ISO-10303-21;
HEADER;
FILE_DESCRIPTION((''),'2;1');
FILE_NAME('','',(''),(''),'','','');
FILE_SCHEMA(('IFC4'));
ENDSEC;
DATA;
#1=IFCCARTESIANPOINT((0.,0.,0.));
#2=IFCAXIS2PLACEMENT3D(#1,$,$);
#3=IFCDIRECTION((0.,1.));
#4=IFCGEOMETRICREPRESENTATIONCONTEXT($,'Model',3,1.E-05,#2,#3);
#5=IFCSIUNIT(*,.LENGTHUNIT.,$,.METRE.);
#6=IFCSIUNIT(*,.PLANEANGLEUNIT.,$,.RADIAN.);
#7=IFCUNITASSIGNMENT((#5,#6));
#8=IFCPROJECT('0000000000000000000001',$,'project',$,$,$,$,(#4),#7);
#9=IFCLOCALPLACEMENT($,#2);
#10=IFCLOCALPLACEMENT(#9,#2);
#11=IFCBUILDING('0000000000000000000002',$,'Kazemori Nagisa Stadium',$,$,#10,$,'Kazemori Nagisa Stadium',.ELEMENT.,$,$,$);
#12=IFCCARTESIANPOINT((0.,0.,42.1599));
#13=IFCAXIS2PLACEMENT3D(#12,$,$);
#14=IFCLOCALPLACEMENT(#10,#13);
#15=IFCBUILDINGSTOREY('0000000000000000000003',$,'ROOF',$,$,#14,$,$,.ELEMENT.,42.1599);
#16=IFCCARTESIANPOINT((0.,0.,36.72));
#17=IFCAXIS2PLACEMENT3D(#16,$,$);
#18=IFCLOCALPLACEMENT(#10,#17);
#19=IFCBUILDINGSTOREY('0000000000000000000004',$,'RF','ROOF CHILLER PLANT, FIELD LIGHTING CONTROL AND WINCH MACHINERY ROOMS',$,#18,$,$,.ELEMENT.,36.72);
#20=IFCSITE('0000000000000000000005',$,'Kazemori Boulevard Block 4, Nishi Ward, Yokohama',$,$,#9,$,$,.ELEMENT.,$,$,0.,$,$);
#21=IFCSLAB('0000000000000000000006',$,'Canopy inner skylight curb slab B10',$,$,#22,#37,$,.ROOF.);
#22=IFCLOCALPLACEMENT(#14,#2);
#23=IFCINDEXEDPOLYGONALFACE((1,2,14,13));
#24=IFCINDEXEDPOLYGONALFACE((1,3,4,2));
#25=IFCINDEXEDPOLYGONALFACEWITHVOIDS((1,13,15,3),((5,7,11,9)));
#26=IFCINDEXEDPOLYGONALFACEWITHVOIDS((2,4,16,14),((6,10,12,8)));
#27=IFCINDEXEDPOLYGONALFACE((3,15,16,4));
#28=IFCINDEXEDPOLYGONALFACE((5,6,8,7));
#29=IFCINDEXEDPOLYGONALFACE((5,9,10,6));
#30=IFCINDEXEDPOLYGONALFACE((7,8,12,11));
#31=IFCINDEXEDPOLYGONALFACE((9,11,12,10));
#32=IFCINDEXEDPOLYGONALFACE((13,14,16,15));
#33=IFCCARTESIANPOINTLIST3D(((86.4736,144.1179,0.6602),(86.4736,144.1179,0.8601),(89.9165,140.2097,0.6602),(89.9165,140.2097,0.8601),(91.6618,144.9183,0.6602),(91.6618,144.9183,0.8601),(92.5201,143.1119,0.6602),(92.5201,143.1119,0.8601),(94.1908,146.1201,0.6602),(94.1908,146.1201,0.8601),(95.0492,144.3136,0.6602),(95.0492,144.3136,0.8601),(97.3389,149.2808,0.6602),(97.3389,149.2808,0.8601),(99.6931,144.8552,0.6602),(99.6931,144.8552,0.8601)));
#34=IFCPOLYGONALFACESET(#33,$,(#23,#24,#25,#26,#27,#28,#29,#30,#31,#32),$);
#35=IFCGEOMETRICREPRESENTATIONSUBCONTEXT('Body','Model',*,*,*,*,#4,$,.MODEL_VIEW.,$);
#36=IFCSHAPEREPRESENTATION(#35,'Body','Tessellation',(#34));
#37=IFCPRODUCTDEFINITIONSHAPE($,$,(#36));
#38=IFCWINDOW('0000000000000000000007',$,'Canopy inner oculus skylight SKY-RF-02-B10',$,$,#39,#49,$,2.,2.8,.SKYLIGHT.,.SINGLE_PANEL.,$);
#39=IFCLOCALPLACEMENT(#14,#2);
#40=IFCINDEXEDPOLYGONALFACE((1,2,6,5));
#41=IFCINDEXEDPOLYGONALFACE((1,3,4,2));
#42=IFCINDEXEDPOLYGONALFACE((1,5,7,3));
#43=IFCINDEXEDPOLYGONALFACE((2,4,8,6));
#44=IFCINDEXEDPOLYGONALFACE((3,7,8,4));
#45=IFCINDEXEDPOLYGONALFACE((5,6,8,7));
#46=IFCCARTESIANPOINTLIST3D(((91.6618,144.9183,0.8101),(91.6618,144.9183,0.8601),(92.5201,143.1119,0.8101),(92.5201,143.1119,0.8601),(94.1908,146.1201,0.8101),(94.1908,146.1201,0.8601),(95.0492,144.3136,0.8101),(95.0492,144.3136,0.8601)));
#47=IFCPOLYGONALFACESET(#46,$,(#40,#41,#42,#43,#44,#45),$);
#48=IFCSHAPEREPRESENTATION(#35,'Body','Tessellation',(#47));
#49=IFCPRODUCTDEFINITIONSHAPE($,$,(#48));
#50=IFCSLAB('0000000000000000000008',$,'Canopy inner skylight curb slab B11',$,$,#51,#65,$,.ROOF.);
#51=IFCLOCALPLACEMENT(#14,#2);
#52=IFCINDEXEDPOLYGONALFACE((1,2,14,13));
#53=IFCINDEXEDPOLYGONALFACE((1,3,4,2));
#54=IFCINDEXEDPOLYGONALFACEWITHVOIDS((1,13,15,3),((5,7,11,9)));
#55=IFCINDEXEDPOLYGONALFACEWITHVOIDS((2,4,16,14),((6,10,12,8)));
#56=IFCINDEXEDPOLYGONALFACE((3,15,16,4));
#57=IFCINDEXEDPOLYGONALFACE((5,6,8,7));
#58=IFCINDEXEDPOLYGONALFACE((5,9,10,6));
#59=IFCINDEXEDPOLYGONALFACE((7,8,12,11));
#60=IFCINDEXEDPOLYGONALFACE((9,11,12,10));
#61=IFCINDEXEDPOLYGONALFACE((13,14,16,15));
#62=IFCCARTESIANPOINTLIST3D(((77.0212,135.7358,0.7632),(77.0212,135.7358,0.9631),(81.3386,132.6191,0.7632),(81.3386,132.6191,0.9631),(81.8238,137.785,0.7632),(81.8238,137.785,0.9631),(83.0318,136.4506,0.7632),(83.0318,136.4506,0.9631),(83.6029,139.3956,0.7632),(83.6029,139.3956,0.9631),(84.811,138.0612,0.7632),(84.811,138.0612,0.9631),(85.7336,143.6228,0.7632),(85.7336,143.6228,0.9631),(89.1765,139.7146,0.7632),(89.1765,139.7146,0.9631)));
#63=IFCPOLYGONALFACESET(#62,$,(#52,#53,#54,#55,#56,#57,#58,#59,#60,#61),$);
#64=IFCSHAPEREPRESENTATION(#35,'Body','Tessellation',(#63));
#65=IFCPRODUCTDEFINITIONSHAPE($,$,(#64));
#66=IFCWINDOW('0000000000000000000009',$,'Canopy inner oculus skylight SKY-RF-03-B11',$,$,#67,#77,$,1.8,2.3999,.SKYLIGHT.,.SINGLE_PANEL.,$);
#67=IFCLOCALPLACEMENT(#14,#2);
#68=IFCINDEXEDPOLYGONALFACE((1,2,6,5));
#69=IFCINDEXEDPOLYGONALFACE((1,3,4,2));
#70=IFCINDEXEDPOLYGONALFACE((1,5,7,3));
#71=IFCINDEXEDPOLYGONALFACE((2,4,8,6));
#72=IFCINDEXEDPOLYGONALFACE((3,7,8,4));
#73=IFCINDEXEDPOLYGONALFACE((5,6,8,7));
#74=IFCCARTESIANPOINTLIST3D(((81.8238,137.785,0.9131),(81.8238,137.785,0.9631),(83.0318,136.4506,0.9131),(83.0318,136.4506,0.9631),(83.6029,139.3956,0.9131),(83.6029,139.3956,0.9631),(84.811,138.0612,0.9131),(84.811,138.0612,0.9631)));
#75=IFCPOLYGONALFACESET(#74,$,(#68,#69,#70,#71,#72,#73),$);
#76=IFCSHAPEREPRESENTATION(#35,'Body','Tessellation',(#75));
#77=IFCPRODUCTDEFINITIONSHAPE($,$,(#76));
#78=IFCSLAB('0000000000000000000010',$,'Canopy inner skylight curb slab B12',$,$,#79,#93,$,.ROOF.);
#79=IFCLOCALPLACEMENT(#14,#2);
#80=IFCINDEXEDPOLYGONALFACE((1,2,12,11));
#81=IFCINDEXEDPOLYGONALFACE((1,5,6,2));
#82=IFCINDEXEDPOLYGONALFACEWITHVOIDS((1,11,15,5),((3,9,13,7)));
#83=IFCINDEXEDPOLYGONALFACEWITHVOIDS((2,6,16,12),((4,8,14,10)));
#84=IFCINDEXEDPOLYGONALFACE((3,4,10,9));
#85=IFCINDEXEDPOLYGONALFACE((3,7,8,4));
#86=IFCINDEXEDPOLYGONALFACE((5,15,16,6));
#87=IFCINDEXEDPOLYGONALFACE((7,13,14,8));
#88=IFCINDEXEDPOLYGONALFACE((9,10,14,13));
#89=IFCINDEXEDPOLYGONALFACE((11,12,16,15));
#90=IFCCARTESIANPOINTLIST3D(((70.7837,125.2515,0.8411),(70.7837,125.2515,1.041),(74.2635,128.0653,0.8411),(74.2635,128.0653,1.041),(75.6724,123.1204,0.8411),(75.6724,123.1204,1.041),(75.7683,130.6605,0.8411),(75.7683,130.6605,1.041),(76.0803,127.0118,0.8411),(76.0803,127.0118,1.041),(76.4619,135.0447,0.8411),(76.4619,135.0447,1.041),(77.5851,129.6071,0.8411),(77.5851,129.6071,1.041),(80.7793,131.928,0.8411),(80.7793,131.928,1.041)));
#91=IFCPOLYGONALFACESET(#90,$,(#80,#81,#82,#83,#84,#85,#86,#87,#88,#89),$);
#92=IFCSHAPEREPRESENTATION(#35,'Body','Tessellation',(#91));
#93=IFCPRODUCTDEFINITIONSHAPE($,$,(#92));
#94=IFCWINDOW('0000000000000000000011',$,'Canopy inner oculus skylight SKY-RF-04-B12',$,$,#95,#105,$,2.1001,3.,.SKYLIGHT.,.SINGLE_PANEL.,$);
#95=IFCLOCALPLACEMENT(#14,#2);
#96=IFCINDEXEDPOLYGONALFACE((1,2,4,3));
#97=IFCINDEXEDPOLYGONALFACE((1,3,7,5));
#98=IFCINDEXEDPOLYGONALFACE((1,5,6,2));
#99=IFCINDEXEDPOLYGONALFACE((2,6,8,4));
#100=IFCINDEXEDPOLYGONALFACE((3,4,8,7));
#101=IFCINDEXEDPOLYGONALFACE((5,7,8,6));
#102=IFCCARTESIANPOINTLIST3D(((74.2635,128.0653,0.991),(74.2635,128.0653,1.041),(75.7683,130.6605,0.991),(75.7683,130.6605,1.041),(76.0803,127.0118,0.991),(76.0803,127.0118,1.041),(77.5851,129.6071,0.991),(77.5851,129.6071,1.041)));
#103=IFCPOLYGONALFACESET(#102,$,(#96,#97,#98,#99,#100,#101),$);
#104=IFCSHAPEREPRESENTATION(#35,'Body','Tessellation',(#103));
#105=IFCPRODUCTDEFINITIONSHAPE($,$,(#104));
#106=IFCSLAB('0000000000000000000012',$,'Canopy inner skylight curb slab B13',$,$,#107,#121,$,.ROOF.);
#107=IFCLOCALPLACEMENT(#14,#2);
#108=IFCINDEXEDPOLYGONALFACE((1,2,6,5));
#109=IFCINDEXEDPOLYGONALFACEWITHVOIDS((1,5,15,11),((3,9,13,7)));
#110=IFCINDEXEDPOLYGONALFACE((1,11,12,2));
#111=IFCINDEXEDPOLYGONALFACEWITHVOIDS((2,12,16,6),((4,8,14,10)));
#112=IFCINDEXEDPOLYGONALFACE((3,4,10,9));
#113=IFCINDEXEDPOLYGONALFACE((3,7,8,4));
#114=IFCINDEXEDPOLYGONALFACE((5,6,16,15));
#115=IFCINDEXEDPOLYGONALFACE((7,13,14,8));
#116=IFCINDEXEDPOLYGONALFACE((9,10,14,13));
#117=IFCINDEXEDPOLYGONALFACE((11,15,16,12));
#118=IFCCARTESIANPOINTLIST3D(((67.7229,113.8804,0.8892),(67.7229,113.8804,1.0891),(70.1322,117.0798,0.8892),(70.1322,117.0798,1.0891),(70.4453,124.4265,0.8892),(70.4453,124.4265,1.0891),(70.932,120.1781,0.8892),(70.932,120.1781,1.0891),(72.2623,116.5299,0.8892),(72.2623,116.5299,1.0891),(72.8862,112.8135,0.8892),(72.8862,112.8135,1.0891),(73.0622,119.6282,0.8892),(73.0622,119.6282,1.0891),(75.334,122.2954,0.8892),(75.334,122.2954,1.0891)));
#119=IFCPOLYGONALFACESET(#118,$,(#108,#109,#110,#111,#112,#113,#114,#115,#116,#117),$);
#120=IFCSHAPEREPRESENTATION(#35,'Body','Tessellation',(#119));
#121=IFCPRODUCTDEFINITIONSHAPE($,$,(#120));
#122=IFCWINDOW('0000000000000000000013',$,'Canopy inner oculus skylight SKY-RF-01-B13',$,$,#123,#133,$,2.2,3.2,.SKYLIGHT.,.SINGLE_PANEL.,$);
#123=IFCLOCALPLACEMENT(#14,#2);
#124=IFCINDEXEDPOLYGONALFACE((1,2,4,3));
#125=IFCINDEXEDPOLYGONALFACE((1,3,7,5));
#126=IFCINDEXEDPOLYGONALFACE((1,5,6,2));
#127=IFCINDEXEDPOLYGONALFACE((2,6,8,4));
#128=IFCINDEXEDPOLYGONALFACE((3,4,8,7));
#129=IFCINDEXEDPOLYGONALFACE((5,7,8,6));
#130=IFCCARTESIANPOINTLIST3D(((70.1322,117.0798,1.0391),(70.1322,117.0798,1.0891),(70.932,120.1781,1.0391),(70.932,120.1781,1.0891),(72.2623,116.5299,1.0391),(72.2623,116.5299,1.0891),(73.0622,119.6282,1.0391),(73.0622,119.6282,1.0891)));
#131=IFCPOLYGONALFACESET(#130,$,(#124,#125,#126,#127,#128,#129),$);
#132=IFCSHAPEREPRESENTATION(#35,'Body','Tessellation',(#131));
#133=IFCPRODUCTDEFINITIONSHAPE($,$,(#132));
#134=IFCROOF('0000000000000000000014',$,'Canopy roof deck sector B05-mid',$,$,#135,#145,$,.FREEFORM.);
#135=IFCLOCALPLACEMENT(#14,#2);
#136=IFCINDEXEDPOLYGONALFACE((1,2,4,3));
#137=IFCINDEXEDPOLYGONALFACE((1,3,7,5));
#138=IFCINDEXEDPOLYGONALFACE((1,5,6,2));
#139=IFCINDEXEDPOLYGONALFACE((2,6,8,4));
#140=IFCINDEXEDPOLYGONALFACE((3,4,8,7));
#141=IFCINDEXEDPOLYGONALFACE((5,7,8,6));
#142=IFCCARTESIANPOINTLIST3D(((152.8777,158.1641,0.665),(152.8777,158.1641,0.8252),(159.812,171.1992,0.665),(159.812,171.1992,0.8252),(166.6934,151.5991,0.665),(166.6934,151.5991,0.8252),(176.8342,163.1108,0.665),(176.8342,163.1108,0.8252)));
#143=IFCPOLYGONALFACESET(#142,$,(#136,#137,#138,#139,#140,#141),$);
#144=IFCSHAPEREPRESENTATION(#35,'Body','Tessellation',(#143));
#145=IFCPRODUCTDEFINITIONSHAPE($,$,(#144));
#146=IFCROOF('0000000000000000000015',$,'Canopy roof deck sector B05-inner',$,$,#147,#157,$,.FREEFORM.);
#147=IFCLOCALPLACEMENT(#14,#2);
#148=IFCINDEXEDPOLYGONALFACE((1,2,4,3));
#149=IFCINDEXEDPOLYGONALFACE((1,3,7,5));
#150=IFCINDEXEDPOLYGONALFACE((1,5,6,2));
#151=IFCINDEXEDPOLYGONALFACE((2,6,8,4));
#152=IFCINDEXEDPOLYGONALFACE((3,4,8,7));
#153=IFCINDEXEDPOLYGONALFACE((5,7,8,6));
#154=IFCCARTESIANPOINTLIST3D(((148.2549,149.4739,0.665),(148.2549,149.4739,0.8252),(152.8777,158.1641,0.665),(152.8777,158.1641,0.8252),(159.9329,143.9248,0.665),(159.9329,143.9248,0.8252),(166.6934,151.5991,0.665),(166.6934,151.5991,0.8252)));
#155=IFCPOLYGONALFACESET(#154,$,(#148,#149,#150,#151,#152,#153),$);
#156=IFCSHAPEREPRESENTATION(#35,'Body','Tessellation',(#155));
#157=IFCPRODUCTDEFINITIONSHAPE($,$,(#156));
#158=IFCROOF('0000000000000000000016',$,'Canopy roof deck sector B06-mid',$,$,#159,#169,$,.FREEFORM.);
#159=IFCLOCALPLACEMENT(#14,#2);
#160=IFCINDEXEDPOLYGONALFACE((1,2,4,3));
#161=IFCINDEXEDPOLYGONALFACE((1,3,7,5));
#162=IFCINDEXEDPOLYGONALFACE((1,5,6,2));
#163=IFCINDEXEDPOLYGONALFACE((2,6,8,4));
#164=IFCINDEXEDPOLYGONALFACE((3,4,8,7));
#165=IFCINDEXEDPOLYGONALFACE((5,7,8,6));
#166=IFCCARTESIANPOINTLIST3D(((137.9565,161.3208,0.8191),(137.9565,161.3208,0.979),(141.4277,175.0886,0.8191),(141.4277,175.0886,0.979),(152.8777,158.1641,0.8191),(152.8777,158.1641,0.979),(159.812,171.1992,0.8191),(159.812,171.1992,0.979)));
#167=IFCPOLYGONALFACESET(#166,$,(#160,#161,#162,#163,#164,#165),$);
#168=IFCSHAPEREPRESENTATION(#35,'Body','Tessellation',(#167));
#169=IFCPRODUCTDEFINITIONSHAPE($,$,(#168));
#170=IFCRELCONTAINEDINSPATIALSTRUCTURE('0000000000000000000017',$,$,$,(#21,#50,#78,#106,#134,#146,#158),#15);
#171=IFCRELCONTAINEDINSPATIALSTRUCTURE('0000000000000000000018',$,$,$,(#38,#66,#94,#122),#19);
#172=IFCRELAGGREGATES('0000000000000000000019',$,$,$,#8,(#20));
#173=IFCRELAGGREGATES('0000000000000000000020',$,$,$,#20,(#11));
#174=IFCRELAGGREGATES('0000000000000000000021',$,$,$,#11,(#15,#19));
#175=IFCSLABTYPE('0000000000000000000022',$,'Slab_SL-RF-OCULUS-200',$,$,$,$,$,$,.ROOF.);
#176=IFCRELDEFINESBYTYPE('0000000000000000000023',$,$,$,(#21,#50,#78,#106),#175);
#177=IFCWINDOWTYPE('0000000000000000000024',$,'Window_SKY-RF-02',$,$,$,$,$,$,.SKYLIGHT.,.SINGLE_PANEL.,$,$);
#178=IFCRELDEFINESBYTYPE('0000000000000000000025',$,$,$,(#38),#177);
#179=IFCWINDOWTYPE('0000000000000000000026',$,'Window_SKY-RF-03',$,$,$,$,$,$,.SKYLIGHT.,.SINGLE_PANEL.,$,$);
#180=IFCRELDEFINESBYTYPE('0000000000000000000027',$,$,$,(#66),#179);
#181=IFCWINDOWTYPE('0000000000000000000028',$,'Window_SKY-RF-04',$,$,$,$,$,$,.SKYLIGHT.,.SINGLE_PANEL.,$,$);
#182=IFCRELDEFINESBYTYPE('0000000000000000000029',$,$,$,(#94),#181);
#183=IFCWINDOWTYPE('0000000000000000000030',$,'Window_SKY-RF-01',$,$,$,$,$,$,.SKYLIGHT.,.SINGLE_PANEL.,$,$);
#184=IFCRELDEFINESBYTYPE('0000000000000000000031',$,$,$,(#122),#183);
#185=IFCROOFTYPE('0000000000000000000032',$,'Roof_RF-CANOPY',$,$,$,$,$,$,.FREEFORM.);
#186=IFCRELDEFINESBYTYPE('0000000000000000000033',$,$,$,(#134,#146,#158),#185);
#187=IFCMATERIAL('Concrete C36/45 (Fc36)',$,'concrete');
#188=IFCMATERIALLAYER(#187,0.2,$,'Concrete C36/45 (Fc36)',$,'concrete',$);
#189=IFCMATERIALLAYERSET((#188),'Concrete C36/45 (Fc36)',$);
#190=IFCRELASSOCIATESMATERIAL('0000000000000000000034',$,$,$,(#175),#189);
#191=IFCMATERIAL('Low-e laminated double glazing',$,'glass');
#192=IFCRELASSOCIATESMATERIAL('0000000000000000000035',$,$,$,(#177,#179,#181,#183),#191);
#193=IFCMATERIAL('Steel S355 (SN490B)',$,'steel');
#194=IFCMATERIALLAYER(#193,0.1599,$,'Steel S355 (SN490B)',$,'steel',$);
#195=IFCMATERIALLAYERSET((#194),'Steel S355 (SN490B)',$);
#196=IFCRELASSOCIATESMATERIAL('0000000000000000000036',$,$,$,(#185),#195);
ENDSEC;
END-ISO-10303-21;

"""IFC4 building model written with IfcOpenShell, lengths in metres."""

from ifc_helpers import new_model, si_unit, direction, frame, origin, origin_2d, place, context, subcontext, project, spatial, polyline, rectangle, outline, extrude, material, layer, layer_set, type_object, element, fill, save


model = new_model("IFC4")

# Units and contexts
model_context = context("Model", 3, precision=1e-05, world=origin(), true_north=direction((0.0, 1.0)))
body_context = subcontext(model_context, "Body", "Model", "MODEL_VIEW")
ifc_project = project(units=[si_unit("LENGTHUNIT", "METRE"), si_unit("PLANEANGLEUNIT", "RADIAN")], contexts=[model_context])

# Site, building, storey
site_placement = place(None, origin())
site = spatial("IfcSite", under=ifc_project, at=site_placement, Name="Kazemori Boulevard Block 4, Nishi Ward, Yokohama", CompositionType="ELEMENT", RefElevation=0.0)
building_placement = place(site_placement, origin())
building = spatial("IfcBuilding", under=site, at=building_placement, Name="Kazemori Nagisa Stadium", LongName="Kazemori Nagisa Stadium", CompositionType="ELEMENT")
storey_1_placement = place(building_placement, frame((0.0, 0.0, 42.1599)))
storey_1 = spatial("IfcBuildingStorey", under=building, at=storey_1_placement, Name="ROOF", CompositionType="ELEMENT", Elevation=42.1599)

# Slab, opening
ifc_material_1 = material(Name="Concrete C36/45 (Fc36)", Category="concrete")
ifc_layer_1 = layer(ifc_material_1, 0.2, Name="Concrete C36/45 (Fc36)", Category="concrete")
ifc_layer_set_1 = layer_set([ifc_layer_1], Name="Concrete C36/45 (Fc36)")
slab_type = type_object("IfcSlabType", Name="Slab_SL-RF-OCULUS-200", PredefinedType="ROOF", material=ifc_layer_set_1)
slab_1_placement = place(storey_1_placement, frame((0.0, 0.0, 0.6602)))
slab_1 = element("IfcSlab", 1, at=slab_1_placement, inside=storey_1, type_object=slab_type, Name="Canopy inner skylight curb slab B10", PredefinedType="ROOF", context=body_context, shape_type="SweptSolid", body=[
    extrude(outline(polyline([(99.6931, 144.8552), (89.9165, 140.2097), (86.4736, 144.1179), (97.3389, 149.2808), (99.6931, 144.8552)])), origin(), (0.0, 0.0, 1.0), 0.2),
])
opening_1_placement = place(slab_1_placement, frame((93.3555, 144.616, 0.0), z_axis=(0.0, 0.0, 1.0), x_axis=(-0.903216, -0.429186, 0.0)))
opening_1 = element("IfcOpeningElement", 2, at=opening_1_placement, cuts=slab_1, PredefinedType="OPENING", context=body_context, shape_type="SweptSolid", body=[
    extrude(rectangle(XDim=2.8, YDim=2.0, at=origin_2d()), frame((0.0, 0.0, -0.01)), (0.0, 0.0, 1.0), 0.22),
])

# Shared definitions
storey_2_placement = place(building_placement, frame((0.0, 0.0, 36.72)))
storey_2 = spatial("IfcBuildingStorey", under=building, at=storey_2_placement, Name="RF", Description="ROOF CHILLER PLANT, FIELD LIGHTING CONTROL AND WINCH MACHINERY ROOMS", CompositionType="ELEMENT", Elevation=36.72)

# Window
ifc_material_2 = material(Name="Low-e laminated double glazing", Category="glass")
window_type_1 = type_object("IfcWindowType", Name="Window_SKY-RF-02", PartitioningType="SINGLE_PANEL", PredefinedType="SKYLIGHT", material=ifc_material_2)
window_1_placement = place(opening_1_placement, frame((0.0, 0.0, 0.1499)))
window_1 = element("IfcWindow", 3, at=window_1_placement, inside=storey_2, type_object=window_type_1, Name="Canopy inner oculus skylight SKY-RF-02-B10", OverallHeight=2.0, OverallWidth=2.8, PartitioningType="SINGLE_PANEL", PredefinedType="SKYLIGHT", context=body_context, shape_type="SweptSolid", body=[
    extrude(rectangle(XDim=2.8, YDim=2.0, at=origin_2d()), origin(), (0.0, 0.0, 1.0), 0.05),
])
fill(opening_1, window_1)

# Slabs, openings, windows
slab_2_placement = place(storey_1_placement, frame((0.0, 0.0, 0.7632)))
slab_2 = element("IfcSlab", 4, at=slab_2_placement, inside=storey_1, type_object=slab_type, Name="Canopy inner skylight curb slab B11", PredefinedType="ROOF", context=body_context, shape_type="SweptSolid", body=[
    extrude(outline(polyline([(89.1765, 139.7146), (81.3386, 132.6191), (77.0212, 135.7358), (85.7336, 143.6228), (89.1765, 139.7146)])), origin(), (0.0, 0.0, 1.0), 0.2),
])
opening_2_placement = place(slab_2_placement, frame((83.3174, 137.9231, 0.0), z_axis=(0.0, 0.0, 1.0), x_axis=(-0.741351, -0.671118, 0.0)))
opening_2 = element("IfcOpeningElement", 5, at=opening_2_placement, cuts=slab_2, PredefinedType="OPENING", context=body_context, shape_type="SweptSolid", body=[
    extrude(rectangle(XDim=2.3999, YDim=1.8, at=origin_2d()), frame((0.0, 0.0, -0.01)), (0.0, 0.0, 1.0), 0.22),
])
window_type_2 = type_object("IfcWindowType", Name="Window_SKY-RF-03", PartitioningType="SINGLE_PANEL", PredefinedType="SKYLIGHT", material=ifc_material_2)
window_2_placement = place(opening_2_placement, frame((0.0, 0.0, 0.1499)))
window_2 = element("IfcWindow", 6, at=window_2_placement, inside=storey_2, type_object=window_type_2, Name="Canopy inner oculus skylight SKY-RF-03-B11", OverallHeight=1.8, OverallWidth=2.3999, PartitioningType="SINGLE_PANEL", PredefinedType="SKYLIGHT", context=body_context, shape_type="SweptSolid", body=[
    extrude(rectangle(XDim=2.3999, YDim=1.8, at=origin_2d()), origin(), (0.0, 0.0, 1.0), 0.05),
])
fill(opening_2, window_2)
slab_3_placement = place(storey_1_placement, frame((0.0, 0.0, 0.8411)))
slab_3 = element("IfcSlab", 7, at=slab_3_placement, inside=storey_1, type_object=slab_type, Name="Canopy inner skylight curb slab B12", PredefinedType="ROOF", context=body_context, shape_type="SweptSolid", body=[
    extrude(outline(polyline([(80.7793, 131.928), (75.6724, 123.1204), (70.7837, 125.2515), (76.4619, 135.0447), (80.7793, 131.928)])), origin(), (0.0, 0.0, 1.0), 0.2),
])
opening_3_placement = place(slab_3_placement, frame((75.9243, 128.8362, 0.0), z_axis=(0.0, 0.0, 1.0), x_axis=(-0.501612, -0.865093, 0.0)))
opening_3 = element("IfcOpeningElement", 8, at=opening_3_placement, cuts=slab_3, PredefinedType="OPENING", context=body_context, shape_type="SweptSolid", body=[
    extrude(rectangle(XDim=3.0, YDim=2.1001, at=origin_2d()), frame((0.0, 0.0, -0.01)), (0.0, 0.0, 1.0), 0.22),
])
window_type_3 = type_object("IfcWindowType", Name="Window_SKY-RF-04", PartitioningType="SINGLE_PANEL", PredefinedType="SKYLIGHT", material=ifc_material_2)
window_3_placement = place(opening_3_placement, frame((0.0, 0.0, 0.1499)))
window_3 = element("IfcWindow", 9, at=window_3_placement, inside=storey_2, type_object=window_type_3, Name="Canopy inner oculus skylight SKY-RF-04-B12", OverallHeight=2.1001, OverallWidth=3.0, PartitioningType="SINGLE_PANEL", PredefinedType="SKYLIGHT", context=body_context, shape_type="SweptSolid", body=[
    extrude(rectangle(XDim=3.0, YDim=2.1001, at=origin_2d()), origin(), (0.0, 0.0, 1.0), 0.05),
])
fill(opening_3, window_3)
slab_4_placement = place(storey_1_placement, frame((0.0, 0.0, 0.8892)))
slab_4 = element("IfcSlab", 10, at=slab_4_placement, inside=storey_1, type_object=slab_type, Name="Canopy inner skylight curb slab B13", PredefinedType="ROOF", context=body_context, shape_type="SweptSolid", body=[
    extrude(outline(polyline([(75.334, 122.2954), (72.8862, 112.8135), (67.7229, 113.8804), (70.4453, 124.4265), (75.334, 122.2954)])), origin(), (0.0, 0.0, 1.0), 0.2),
])
opening_4_placement = place(slab_4_placement, frame((71.5972, 118.354, 0.0), z_axis=(0.0, 0.0, 1.0), x_axis=(-0.249965, -0.968255, 0.0)))
opening_4 = element("IfcOpeningElement", 11, at=opening_4_placement, cuts=slab_4, PredefinedType="OPENING", context=body_context, shape_type="SweptSolid", body=[
    extrude(rectangle(XDim=3.2, YDim=2.2, at=origin_2d()), frame((0.0, 0.0, -0.01)), (0.0, 0.0, 1.0), 0.22),
])
window_type_4 = type_object("IfcWindowType", Name="Window_SKY-RF-01", PartitioningType="SINGLE_PANEL", PredefinedType="SKYLIGHT", material=ifc_material_2)
window_4_placement = place(opening_4_placement, frame((0.0, 0.0, 0.1499)))
window_4 = element("IfcWindow", 12, at=window_4_placement, inside=storey_2, type_object=window_type_4, Name="Canopy inner oculus skylight SKY-RF-01-B13", OverallHeight=2.2, OverallWidth=3.2, PartitioningType="SINGLE_PANEL", PredefinedType="SKYLIGHT", context=body_context, shape_type="SweptSolid", body=[
    extrude(rectangle(XDim=3.2, YDim=2.2, at=origin_2d()), origin(), (0.0, 0.0, 1.0), 0.05),
])
fill(opening_4, window_4)

# Roofs
ifc_material_3 = material(Name="Steel S355 (SN490B)", Category="steel")
ifc_layer_2 = layer(ifc_material_3, 0.1599, Name="Steel S355 (SN490B)", Category="steel")
ifc_layer_set_2 = layer_set([ifc_layer_2], Name="Steel S355 (SN490B)")
roof_type = type_object("IfcRoofType", Name="Roof_RF-CANOPY", PredefinedType="FREEFORM", material=ifc_layer_set_2)
roof_1_placement = place(storey_1_placement, frame((0.0, 0.0, 0.665)))
element("IfcRoof", 13, at=roof_1_placement, inside=storey_1, type_object=roof_type, Name="Canopy roof deck sector B05-mid", PredefinedType="FREEFORM", context=body_context, shape_type="SweptSolid", body=[
    extrude(outline(polyline([(176.8342, 163.1108), (159.812, 171.1992), (152.8777, 158.1641), (166.6934, 151.5991), (176.8342, 163.1108)])), origin(), (0.0, 0.0, 1.0), 0.1602),
])
roof_2_placement = place(storey_1_placement, frame((0.0, 0.0, 0.665)))
element("IfcRoof", 14, at=roof_2_placement, inside=storey_1, type_object=roof_type, Name="Canopy roof deck sector B05-inner", PredefinedType="FREEFORM", context=body_context, shape_type="SweptSolid", body=[
    extrude(outline(polyline([(166.6934, 151.5991), (152.8777, 158.1641), (148.2549, 149.4739), (159.9329, 143.9248), (166.6934, 151.5991)])), origin(), (0.0, 0.0, 1.0), 0.1602),
])
roof_3_placement = place(storey_1_placement, frame((0.0, 0.0, 0.8191)))
element("IfcRoof", 15, at=roof_3_placement, inside=storey_1, type_object=roof_type, Name="Canopy roof deck sector B06-mid", PredefinedType="FREEFORM", context=body_context, shape_type="SweptSolid", body=[
    extrude(outline(polyline([(159.812, 171.1992), (141.4277, 175.0886), (137.9565, 161.3208), (152.8777, 158.1641), (159.812, 171.1992)])), origin(), (0.0, 0.0, 1.0), 0.1599),
])

save(model, "model.ifc")
